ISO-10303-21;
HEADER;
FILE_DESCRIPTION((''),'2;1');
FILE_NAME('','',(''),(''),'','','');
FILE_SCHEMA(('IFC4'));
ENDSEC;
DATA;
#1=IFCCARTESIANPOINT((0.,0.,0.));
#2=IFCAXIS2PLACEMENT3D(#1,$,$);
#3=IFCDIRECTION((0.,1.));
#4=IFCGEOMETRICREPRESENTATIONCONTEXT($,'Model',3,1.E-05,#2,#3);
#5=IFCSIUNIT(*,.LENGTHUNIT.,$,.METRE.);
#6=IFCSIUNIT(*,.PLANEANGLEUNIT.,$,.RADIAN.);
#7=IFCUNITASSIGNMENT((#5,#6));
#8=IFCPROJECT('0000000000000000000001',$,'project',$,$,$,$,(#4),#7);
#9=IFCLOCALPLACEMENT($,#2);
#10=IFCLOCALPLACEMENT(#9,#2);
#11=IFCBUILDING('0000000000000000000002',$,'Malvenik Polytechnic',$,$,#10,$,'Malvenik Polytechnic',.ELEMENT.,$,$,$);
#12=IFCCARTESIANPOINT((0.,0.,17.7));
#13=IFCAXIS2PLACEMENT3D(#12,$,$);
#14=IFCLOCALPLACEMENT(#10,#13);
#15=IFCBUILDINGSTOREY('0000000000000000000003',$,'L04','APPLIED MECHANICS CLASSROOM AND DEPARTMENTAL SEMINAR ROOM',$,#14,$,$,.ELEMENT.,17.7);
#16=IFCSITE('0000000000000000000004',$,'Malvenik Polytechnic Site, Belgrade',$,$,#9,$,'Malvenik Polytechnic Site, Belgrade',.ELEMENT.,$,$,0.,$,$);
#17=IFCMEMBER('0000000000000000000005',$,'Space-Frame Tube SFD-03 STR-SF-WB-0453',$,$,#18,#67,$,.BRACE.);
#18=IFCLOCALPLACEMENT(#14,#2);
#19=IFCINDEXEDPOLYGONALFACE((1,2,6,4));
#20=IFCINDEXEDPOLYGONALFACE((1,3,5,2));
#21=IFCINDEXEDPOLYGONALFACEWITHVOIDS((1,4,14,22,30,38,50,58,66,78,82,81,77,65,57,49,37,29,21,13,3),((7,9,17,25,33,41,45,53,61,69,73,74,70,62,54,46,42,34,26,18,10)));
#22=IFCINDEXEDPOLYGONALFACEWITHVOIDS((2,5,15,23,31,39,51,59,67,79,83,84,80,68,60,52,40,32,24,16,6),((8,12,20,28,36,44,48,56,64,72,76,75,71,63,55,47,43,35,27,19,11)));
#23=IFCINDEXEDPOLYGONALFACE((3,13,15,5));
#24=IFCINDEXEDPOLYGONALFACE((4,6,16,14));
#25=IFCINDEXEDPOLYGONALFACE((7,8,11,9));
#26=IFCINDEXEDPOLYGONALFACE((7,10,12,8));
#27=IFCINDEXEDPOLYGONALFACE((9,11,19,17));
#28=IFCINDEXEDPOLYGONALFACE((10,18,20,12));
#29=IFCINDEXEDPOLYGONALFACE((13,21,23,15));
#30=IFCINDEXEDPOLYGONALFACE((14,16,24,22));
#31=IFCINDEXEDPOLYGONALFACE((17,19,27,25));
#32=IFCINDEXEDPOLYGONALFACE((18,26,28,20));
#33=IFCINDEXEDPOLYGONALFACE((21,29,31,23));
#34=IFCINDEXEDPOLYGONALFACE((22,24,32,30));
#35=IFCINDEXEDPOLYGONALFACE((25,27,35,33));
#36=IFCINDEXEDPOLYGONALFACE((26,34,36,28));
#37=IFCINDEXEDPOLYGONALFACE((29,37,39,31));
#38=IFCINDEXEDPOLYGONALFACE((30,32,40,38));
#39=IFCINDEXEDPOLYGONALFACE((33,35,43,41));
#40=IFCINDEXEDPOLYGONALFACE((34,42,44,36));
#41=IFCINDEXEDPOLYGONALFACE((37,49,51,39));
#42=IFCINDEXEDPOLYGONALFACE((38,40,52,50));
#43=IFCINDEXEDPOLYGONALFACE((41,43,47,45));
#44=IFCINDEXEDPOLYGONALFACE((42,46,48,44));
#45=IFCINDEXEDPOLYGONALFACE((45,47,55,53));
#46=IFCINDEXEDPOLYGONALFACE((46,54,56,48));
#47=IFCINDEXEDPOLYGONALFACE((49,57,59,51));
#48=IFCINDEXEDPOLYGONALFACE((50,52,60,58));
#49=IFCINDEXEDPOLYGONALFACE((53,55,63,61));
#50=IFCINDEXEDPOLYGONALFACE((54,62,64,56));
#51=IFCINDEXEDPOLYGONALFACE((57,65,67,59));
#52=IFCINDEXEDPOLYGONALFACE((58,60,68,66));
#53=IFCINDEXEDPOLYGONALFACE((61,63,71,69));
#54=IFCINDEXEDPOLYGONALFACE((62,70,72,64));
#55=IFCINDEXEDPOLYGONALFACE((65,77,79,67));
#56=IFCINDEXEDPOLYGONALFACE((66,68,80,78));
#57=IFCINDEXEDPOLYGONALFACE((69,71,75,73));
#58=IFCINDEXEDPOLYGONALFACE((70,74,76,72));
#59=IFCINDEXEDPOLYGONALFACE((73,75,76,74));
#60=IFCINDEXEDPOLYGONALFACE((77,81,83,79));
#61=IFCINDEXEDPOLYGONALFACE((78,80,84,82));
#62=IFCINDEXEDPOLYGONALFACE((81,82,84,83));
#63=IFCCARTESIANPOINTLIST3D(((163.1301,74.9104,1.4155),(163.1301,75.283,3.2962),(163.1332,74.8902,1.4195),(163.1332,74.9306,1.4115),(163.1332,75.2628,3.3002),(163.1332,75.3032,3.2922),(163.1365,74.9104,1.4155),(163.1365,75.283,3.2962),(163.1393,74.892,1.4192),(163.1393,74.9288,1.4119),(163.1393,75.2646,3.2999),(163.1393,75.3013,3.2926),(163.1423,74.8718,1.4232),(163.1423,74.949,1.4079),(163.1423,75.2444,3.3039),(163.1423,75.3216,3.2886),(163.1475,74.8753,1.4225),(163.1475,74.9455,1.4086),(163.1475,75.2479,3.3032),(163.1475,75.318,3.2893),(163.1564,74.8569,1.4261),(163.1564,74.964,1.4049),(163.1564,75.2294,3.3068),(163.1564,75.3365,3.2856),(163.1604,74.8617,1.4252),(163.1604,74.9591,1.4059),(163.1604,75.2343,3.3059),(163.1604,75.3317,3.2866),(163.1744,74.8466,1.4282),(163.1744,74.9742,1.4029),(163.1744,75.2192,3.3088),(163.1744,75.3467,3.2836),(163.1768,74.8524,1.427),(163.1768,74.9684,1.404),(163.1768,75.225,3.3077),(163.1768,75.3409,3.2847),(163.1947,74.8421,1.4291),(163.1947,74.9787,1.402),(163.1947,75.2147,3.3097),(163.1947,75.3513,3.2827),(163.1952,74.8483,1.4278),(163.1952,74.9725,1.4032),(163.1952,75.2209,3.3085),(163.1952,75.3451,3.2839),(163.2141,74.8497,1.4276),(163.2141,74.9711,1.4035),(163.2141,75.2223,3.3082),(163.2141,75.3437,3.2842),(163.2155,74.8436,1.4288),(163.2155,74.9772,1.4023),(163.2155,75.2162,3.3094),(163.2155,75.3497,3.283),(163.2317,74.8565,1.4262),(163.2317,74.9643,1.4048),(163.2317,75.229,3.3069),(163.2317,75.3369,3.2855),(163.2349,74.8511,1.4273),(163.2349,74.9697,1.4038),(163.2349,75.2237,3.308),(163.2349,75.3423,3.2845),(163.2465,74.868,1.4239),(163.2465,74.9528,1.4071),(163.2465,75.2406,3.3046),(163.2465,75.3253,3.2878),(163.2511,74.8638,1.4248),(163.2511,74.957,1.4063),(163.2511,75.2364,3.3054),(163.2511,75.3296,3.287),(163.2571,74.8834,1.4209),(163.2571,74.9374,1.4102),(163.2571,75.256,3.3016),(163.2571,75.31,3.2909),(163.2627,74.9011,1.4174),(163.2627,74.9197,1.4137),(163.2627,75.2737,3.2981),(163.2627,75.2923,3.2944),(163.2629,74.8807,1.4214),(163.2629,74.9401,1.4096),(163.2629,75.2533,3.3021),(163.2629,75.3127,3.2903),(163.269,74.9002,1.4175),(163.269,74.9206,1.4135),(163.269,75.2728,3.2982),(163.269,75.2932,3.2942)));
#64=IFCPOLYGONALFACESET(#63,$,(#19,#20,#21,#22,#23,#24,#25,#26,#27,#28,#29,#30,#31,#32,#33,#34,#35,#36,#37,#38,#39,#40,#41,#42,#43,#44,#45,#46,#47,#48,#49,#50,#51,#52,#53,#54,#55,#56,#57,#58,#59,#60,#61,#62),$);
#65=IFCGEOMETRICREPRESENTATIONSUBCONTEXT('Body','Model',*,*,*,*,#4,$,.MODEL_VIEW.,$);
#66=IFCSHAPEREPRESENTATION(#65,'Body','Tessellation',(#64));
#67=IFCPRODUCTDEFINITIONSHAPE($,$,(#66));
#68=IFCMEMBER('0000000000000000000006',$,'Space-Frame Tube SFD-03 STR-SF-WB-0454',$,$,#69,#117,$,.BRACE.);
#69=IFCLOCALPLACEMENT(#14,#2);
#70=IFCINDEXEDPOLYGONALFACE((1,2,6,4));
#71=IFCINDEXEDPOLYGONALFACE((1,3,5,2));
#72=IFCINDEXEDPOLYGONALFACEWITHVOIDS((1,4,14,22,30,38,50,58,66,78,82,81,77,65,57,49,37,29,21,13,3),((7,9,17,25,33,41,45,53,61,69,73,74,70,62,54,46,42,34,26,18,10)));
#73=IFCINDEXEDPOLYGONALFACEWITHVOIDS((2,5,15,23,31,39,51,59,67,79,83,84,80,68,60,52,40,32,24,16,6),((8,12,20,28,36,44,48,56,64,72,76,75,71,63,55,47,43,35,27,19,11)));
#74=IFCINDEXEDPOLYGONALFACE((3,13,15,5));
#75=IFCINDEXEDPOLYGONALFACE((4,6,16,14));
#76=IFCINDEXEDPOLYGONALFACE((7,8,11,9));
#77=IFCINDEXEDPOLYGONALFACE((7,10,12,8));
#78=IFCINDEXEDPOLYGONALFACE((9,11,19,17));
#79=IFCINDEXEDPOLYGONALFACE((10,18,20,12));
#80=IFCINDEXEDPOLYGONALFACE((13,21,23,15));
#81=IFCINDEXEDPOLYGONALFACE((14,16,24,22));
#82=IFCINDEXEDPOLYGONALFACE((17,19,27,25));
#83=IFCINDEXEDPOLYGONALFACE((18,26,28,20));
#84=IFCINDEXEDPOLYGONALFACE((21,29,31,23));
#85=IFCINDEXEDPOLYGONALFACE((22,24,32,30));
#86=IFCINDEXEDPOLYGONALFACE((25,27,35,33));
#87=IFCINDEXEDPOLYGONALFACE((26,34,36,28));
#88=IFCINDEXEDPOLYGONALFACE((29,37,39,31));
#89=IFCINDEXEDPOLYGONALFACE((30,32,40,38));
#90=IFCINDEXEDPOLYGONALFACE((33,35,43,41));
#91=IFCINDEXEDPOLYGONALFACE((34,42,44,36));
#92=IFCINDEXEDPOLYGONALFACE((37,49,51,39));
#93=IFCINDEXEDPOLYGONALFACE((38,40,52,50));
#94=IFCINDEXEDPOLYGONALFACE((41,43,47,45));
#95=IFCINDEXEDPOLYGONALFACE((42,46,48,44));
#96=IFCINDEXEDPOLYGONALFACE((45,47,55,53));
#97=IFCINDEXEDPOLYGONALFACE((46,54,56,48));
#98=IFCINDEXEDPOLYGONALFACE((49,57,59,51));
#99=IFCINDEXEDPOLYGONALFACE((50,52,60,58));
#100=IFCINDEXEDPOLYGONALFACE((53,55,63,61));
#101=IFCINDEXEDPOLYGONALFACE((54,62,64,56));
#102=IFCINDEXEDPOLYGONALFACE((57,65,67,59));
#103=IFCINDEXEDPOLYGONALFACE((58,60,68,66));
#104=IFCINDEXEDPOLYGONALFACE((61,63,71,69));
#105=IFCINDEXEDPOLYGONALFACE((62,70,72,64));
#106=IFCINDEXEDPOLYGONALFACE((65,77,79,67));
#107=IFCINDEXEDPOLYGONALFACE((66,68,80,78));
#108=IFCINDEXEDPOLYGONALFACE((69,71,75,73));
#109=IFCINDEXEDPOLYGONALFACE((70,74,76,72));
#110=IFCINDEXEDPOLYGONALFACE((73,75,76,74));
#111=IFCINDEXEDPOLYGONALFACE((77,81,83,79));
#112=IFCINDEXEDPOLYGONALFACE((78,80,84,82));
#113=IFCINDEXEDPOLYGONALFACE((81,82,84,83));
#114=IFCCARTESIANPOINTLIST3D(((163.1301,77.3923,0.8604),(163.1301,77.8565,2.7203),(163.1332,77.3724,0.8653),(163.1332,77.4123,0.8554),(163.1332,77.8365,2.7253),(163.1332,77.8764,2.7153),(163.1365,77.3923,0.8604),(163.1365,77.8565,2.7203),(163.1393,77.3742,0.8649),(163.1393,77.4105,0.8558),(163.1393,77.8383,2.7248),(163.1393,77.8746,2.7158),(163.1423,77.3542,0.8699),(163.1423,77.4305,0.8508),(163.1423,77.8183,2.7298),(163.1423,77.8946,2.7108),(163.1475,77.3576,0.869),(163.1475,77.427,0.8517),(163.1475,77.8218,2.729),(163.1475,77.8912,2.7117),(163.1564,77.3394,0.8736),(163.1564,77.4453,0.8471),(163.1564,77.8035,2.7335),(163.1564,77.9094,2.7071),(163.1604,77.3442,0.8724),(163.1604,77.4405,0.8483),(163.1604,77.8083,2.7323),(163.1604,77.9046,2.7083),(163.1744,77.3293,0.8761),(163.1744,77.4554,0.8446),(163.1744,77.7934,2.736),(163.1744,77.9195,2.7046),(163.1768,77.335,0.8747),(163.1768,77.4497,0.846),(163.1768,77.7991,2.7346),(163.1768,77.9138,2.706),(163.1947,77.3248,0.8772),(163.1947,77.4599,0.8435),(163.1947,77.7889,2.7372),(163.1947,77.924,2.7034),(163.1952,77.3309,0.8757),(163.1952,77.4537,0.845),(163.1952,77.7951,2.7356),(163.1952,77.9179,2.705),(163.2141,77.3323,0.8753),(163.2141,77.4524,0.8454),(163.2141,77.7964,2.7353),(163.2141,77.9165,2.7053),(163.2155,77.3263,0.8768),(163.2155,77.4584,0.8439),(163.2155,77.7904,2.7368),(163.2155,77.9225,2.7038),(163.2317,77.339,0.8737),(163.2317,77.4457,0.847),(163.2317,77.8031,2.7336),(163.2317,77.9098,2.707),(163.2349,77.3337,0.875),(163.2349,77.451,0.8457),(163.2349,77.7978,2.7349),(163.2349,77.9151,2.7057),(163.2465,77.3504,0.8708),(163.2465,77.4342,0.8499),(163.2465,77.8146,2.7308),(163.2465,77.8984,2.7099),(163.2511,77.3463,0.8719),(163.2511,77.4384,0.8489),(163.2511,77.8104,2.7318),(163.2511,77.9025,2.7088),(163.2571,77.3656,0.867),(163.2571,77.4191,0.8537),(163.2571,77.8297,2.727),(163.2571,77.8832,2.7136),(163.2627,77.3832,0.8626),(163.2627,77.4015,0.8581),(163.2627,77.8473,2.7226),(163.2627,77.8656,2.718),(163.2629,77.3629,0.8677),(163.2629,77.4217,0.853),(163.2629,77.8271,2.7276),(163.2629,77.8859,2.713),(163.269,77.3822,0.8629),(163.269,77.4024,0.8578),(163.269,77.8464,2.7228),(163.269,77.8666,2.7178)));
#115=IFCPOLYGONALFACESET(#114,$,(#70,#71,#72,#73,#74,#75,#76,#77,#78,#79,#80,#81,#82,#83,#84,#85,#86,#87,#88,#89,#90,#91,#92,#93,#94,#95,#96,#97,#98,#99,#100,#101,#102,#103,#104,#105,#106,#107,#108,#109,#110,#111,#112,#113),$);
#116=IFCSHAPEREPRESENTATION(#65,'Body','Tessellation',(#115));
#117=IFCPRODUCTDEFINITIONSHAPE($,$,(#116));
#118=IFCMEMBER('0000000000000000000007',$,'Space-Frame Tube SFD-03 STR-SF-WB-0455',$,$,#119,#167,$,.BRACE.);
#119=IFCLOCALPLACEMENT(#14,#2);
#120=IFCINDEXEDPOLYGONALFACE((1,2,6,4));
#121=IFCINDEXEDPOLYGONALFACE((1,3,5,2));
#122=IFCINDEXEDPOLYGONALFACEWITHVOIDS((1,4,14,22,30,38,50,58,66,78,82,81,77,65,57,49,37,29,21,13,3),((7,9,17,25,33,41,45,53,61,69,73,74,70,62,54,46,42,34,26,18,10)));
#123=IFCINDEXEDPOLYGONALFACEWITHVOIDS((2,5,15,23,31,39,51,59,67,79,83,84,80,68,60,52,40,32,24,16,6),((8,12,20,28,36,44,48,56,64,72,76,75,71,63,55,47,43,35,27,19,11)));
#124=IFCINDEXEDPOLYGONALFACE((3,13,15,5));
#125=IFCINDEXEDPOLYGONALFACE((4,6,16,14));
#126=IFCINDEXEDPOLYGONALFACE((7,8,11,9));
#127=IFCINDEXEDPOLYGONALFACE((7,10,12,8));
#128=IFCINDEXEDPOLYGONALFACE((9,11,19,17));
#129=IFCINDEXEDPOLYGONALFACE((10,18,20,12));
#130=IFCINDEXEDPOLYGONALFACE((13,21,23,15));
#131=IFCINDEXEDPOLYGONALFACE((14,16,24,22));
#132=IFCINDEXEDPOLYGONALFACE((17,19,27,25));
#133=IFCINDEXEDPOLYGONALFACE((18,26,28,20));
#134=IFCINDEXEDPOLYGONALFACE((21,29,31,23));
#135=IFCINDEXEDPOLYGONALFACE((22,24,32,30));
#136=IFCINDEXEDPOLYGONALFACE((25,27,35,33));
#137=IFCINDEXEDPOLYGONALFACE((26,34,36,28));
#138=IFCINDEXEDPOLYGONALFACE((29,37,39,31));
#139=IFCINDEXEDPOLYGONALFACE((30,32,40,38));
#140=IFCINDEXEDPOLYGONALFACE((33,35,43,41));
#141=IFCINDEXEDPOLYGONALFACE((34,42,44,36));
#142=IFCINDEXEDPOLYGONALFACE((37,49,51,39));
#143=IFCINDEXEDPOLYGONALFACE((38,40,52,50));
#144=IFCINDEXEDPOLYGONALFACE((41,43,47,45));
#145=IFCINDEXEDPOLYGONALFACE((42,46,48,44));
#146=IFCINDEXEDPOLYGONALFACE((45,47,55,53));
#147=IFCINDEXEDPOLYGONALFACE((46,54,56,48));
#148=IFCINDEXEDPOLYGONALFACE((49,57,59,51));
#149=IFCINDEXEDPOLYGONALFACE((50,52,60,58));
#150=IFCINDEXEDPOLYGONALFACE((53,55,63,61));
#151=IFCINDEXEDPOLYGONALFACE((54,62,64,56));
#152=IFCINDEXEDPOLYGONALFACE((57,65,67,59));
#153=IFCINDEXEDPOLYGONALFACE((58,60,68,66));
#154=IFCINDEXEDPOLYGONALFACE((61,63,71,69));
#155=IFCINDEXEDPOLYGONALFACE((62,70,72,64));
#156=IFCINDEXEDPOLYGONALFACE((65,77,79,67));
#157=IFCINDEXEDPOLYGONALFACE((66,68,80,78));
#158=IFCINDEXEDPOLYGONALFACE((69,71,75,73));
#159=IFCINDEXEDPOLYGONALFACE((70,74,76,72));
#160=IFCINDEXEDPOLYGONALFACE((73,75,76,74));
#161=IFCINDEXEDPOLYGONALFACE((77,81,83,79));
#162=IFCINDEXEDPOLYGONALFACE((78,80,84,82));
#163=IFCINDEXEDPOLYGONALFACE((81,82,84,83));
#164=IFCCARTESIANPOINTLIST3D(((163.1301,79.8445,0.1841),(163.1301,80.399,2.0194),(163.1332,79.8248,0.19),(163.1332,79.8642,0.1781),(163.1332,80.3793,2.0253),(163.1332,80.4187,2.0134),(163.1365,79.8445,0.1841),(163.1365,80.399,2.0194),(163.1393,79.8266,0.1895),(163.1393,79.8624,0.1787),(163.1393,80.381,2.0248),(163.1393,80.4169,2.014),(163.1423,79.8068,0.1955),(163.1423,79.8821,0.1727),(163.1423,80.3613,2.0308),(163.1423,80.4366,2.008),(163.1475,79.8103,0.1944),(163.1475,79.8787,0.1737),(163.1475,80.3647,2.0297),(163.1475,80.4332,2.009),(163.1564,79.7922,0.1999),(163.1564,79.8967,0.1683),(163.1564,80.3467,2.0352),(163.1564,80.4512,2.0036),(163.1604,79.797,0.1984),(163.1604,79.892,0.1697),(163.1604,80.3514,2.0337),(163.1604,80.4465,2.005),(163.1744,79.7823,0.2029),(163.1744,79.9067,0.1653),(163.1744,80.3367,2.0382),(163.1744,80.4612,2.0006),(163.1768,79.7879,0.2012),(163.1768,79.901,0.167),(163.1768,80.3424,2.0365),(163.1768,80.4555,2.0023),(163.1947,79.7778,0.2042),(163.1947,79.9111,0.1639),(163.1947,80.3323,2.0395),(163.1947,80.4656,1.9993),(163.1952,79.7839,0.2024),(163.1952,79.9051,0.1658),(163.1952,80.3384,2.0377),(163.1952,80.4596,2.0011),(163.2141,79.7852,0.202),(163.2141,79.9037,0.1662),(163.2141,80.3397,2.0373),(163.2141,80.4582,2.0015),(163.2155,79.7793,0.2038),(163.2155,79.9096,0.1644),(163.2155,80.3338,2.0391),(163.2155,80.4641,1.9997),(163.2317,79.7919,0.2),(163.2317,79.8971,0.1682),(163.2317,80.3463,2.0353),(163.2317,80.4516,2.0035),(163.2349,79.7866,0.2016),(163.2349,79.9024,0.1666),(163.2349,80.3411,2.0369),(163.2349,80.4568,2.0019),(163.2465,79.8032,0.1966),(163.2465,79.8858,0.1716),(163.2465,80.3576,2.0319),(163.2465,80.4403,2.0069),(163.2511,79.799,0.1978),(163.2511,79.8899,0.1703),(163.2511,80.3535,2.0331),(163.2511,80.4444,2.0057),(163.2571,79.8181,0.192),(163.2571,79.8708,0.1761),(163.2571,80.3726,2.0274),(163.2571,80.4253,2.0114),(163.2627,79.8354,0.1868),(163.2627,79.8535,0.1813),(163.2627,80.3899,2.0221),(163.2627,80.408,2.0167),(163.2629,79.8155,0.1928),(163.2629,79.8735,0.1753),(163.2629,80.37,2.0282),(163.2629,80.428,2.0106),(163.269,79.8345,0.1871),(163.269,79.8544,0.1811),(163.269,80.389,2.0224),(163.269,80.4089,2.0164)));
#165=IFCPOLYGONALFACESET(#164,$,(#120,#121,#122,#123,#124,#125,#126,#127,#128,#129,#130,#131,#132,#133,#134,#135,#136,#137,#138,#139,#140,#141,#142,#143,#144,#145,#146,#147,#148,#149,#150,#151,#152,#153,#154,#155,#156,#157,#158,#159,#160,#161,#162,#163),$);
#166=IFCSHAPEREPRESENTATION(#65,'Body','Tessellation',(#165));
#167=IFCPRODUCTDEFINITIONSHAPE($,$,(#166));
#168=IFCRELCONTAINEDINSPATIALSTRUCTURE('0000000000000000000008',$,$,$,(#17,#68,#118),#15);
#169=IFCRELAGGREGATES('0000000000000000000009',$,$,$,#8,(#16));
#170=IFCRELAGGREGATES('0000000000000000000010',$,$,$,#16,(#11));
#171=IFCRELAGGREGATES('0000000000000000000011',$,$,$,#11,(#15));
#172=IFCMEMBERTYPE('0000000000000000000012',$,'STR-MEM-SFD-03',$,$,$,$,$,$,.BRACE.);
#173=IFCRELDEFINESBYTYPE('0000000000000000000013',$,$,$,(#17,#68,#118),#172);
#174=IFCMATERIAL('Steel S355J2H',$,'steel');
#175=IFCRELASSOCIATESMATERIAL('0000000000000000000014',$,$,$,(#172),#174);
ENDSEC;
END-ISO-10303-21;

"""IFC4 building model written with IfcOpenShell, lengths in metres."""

from ifc_helpers import new_model, si_unit, direction, frame, origin, origin_2d, place, context, subcontext, project, spatial, hollow_circle, extrude, material, material_profile, profile_set, type_object, element, save


model = new_model("IFC4")

# Units and contexts
model_context = context("Model", 3, precision=1e-05, world=origin(), true_north=direction((0.0, 1.0)))
body_context = subcontext(model_context, "Body", "Model", "MODEL_VIEW")
ifc_project = project(units=[si_unit("LENGTHUNIT", "METRE"), si_unit("PLANEANGLEUNIT", "RADIAN")], contexts=[model_context])

# Site, building, storey
site_placement = place(None, origin())
site = spatial("IfcSite", under=ifc_project, at=site_placement, Name="Malvenik Polytechnic Site, Belgrade", LongName="Malvenik Polytechnic Site, Belgrade", CompositionType="ELEMENT", RefElevation=0.0)
building_placement = place(site_placement, origin())
building = spatial("IfcBuilding", under=site, at=building_placement, Name="Malvenik Polytechnic", LongName="Malvenik Polytechnic", CompositionType="ELEMENT")
storey_placement = place(building_placement, frame((0.0, 0.0, 17.7)))
storey = spatial("IfcBuildingStorey", under=building, at=storey_placement, Name="L04", Description="APPLIED MECHANICS CLASSROOM AND DEPARTMENTAL SEMINAR ROOM", CompositionType="ELEMENT", Elevation=17.7)

# Members
ifc_material = material(Name="Steel S355J2H", Category="steel")
ifc_material_profile_1 = material_profile(ifc_material, hollow_circle(Radius=0.0698, WallThickness=0.0063, at=origin_2d()), Name="CHS 139.7x6.3")
ifc_profile_set_1 = profile_set([ifc_material_profile_1], Name="Steel S355J2H")
member_type_1 = type_object("IfcMemberType", Name="STR-MEM-SFD-03", PredefinedType="BRACE", material=ifc_profile_set_1)
member_1_placement = place(storey_placement, frame((163.2, 74.9104, 1.4155), z_axis=(0.0, 0.194328, 0.980937), x_axis=(-1.0, 0.0, 0.0)))
element("IfcMember", 1, at=member_1_placement, inside=storey, type_object=member_type_1, Name="Space-Frame Tube SFD-03 STR-SF-WB-0453", PredefinedType="BRACE", context=body_context, shape_type="SweptSolid", body=[
    extrude(hollow_circle(Radius=0.0698, WallThickness=0.0063, at=origin_2d()), origin(), (0.0, 0.0, 1.0), 1.9172),
])
member_2_placement = place(storey_placement, frame((163.2, 77.3923, 0.8604), z_axis=(0.0, 0.242116, 0.970247), x_axis=(-1.0, 0.0, 0.0)))
element("IfcMember", 2, at=member_2_placement, inside=storey, type_object=member_type_1, Name="Space-Frame Tube SFD-03 STR-SF-WB-0454", PredefinedType="BRACE", context=body_context, shape_type="SweptSolid", body=[
    extrude(hollow_circle(Radius=0.0698, WallThickness=0.0063, at=origin_2d()), origin(), (0.0, 0.0, 1.0), 1.917),
])
member_3_placement = place(storey_placement, frame((163.2, 79.8445, 0.1841), z_axis=(0.0, 0.289205, 0.957267), x_axis=(-1.0, 0.0, 0.0)))
element("IfcMember", 3, at=member_3_placement, inside=storey, type_object=member_type_1, Name="Space-Frame Tube SFD-03 STR-SF-WB-0455", PredefinedType="BRACE", context=body_context, shape_type="SweptSolid", body=[
    extrude(hollow_circle(Radius=0.0698, WallThickness=0.0063, at=origin_2d()), origin(), (0.0, 0.0, 1.0), 1.9172),
])

save(model, "model.ifc")
